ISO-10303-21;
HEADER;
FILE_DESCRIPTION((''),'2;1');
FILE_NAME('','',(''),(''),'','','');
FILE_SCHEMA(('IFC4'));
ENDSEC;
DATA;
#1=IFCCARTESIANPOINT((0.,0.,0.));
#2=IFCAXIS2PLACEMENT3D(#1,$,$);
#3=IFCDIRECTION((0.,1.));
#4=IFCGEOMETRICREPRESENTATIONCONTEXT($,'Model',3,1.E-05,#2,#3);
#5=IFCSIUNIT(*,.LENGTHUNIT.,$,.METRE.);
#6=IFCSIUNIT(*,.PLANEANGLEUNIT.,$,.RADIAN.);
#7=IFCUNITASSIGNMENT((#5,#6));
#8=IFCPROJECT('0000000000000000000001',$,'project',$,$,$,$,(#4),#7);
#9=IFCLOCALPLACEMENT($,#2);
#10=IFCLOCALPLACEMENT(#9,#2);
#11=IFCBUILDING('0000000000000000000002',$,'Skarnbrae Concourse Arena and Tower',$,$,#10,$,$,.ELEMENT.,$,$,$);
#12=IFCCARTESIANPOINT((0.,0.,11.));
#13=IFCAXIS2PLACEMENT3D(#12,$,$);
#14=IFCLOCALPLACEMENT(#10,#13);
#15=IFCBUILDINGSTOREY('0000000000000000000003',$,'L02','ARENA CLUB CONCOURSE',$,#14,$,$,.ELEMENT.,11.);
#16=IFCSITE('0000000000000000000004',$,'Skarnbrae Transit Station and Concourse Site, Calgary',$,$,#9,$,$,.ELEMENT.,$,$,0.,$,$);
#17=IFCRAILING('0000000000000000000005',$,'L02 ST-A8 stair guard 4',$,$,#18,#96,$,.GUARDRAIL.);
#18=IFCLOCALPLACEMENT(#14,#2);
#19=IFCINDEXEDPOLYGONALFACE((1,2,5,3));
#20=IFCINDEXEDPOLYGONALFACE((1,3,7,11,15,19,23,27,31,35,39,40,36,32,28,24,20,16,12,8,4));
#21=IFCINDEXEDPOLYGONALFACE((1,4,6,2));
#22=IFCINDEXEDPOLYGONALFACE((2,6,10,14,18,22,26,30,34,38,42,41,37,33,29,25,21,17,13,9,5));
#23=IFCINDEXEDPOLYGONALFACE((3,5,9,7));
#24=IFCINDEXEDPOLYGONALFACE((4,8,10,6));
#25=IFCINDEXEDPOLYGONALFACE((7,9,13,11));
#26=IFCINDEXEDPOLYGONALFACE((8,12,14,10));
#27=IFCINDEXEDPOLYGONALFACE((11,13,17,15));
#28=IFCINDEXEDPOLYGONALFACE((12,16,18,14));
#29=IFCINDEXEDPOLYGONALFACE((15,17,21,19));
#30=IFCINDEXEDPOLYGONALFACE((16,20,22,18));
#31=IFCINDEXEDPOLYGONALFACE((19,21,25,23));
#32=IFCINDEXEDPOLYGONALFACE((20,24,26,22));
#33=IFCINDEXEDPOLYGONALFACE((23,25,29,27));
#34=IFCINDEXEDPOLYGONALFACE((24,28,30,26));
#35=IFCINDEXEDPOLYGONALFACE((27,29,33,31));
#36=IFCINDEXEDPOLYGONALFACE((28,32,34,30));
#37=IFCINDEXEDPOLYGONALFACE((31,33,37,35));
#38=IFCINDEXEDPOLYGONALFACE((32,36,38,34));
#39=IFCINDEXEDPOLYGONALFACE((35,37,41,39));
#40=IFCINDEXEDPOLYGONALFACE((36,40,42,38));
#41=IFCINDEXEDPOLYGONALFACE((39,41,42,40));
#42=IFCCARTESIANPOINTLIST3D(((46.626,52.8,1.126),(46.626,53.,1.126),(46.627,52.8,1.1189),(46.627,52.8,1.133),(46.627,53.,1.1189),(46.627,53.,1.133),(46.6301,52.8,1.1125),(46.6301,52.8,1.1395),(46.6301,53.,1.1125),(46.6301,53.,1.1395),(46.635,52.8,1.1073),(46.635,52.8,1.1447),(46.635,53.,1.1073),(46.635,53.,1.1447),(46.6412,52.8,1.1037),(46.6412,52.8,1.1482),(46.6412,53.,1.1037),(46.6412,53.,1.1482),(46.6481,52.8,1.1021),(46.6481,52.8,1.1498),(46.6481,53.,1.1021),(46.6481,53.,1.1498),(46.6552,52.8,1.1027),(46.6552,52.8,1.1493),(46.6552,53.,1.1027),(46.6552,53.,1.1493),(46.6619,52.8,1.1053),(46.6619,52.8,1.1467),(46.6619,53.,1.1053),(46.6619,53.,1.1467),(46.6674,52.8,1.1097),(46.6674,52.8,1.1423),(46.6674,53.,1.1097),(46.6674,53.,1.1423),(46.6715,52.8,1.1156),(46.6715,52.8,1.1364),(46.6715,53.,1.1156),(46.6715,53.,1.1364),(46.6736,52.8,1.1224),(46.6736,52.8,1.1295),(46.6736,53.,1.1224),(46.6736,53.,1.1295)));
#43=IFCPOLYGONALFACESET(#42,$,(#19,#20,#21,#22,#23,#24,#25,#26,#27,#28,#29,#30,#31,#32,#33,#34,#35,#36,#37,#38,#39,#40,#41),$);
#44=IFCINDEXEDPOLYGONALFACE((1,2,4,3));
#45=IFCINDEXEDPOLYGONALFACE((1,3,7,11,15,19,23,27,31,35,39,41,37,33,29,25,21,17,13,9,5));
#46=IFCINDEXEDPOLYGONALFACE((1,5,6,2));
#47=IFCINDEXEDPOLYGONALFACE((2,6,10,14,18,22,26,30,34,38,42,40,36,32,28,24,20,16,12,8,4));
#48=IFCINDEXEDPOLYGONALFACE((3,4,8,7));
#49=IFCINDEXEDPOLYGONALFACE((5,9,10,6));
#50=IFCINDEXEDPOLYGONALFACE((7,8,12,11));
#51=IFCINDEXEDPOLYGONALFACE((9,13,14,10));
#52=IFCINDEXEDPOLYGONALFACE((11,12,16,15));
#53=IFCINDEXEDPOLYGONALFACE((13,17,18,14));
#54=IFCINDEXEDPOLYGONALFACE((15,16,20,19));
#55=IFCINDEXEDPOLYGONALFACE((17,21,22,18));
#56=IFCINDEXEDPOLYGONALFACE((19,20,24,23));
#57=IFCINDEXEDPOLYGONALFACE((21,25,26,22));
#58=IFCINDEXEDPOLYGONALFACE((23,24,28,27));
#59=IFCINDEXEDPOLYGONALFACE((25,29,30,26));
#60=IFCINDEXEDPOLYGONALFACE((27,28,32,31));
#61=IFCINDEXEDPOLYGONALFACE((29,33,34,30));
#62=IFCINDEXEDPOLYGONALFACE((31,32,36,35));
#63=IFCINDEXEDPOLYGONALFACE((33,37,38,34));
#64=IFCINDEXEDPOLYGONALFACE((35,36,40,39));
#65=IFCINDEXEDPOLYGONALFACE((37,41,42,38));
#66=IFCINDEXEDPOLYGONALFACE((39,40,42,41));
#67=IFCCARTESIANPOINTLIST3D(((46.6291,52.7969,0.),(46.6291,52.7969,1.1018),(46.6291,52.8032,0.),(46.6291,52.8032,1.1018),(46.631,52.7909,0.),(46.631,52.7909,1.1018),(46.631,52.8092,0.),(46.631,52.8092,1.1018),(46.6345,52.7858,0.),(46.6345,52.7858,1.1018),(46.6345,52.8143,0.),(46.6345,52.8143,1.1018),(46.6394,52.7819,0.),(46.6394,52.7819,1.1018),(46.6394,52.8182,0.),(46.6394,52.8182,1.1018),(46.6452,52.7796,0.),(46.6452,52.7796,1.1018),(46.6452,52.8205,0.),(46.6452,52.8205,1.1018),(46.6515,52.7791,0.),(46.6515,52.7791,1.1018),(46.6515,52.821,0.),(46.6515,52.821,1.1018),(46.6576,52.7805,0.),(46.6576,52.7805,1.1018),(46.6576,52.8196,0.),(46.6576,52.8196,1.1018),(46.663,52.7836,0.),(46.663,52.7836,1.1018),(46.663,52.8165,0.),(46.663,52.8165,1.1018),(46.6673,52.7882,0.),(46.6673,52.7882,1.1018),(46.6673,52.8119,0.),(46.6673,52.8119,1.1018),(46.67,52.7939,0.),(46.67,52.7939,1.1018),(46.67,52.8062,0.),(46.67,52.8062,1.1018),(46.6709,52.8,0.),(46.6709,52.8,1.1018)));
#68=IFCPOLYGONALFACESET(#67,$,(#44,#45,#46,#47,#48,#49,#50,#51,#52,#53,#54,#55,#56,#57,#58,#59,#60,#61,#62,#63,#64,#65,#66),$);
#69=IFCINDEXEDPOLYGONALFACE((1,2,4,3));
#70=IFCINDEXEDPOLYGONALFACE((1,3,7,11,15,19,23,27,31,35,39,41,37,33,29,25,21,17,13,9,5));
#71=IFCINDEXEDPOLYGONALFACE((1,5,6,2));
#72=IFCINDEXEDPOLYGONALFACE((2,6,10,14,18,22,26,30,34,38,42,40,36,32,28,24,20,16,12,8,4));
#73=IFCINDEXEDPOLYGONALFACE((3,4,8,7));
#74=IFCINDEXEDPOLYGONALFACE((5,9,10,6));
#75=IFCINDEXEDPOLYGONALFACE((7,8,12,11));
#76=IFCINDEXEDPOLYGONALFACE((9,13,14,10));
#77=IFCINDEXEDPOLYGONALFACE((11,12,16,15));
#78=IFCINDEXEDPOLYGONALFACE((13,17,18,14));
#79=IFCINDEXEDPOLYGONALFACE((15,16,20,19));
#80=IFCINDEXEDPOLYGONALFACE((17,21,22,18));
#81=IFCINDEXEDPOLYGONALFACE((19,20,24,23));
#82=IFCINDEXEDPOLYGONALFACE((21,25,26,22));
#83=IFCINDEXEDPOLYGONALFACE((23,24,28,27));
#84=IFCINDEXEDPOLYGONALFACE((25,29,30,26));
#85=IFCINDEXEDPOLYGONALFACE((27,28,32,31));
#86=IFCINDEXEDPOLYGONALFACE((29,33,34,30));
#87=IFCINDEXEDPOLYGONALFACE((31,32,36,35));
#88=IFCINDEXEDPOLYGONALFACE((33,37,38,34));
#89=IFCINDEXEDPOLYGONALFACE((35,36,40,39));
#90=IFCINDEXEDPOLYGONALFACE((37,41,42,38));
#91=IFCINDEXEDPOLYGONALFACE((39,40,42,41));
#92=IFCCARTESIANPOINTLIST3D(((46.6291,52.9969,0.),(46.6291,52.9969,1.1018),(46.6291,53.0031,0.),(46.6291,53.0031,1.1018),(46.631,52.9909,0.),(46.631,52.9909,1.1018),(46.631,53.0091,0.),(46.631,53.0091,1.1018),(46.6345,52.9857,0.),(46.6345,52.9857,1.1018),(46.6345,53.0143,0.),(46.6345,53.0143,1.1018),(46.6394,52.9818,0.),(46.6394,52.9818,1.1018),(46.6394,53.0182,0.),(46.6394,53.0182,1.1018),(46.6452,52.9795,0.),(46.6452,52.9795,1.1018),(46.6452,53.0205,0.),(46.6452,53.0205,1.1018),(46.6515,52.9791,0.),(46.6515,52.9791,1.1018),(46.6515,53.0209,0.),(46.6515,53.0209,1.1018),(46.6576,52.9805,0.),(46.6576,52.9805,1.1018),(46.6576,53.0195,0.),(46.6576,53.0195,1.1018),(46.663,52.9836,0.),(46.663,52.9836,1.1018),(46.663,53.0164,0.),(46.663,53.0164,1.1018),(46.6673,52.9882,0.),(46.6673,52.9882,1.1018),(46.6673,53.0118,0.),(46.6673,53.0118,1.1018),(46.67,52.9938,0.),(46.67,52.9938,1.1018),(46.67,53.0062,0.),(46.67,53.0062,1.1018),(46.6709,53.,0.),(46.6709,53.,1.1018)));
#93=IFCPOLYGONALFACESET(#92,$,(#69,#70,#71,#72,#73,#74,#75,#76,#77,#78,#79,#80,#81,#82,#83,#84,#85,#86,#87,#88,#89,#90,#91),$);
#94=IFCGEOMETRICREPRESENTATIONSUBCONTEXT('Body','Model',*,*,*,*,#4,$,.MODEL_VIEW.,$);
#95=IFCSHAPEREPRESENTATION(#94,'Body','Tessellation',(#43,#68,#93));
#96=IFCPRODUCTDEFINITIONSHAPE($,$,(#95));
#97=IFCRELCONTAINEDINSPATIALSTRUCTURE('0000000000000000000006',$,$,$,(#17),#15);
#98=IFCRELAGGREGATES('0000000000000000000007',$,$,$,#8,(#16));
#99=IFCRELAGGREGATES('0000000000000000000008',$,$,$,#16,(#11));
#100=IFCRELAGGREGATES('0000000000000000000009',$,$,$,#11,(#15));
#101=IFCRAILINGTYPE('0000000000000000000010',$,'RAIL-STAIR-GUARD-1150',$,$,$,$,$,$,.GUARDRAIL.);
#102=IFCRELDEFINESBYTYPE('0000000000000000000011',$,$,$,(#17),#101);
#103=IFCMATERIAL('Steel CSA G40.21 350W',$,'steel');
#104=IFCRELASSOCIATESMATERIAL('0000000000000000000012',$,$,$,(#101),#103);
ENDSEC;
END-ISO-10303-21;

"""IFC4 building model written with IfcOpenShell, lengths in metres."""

from ifc_helpers import new_model, si_unit, direction, frame, origin, origin_2d, place, context, subcontext, project, spatial, circle, extrude, material, type_object, element, save


model = new_model("IFC4")

# Units and contexts
model_context = context("Model", 3, precision=1e-05, world=origin(), true_north=direction((0.0, 1.0)))
body_context = subcontext(model_context, "Body", "Model", "MODEL_VIEW")
ifc_project = project(units=[si_unit("LENGTHUNIT", "METRE"), si_unit("PLANEANGLEUNIT", "RADIAN")], contexts=[model_context])

# Site, building, storey
site_placement = place(None, origin())
site = spatial("IfcSite", under=ifc_project, at=site_placement, Name="Skarnbrae Transit Station and Concourse Site, Calgary", CompositionType="ELEMENT", RefElevation=0.0)
building_placement = place(site_placement, origin())
building = spatial("IfcBuilding", under=site, at=building_placement, Name="Skarnbrae Concourse Arena and Tower", CompositionType="ELEMENT")
storey_placement = place(building_placement, frame((0.0, 0.0, 11.0)))
storey = spatial("IfcBuildingStorey", under=building, at=storey_placement, Name="L02", Description="ARENA CLUB CONCOURSE", CompositionType="ELEMENT", Elevation=11.0)

# Shared definitions
ifc_material_1 = material(Name="Steel CSA G40.21 350W", Category="steel")

# Railing
railing_type_1 = type_object("IfcRailingType", Name="RAIL-STAIR-GUARD-1150", PredefinedType="GUARDRAIL", material=ifc_material_1)
railing_1_placement = place(storey_placement, frame((46.6499, 52.8, 0.0)))
element("IfcRailing", 1, at=railing_1_placement, inside=storey, type_object=railing_type_1, Name="L02 ST-A8 stair guard 4", PredefinedType="GUARDRAIL", context=body_context, shape_type="SweptSolid", body=[
    extrude(circle(Radius=0.0239, at=origin_2d()), frame((0.0, 0.0, 1.126), z_axis=(0.0, 1.0, 0.0), x_axis=(-1.0, 0.0, 0.0)), (0.0, 0.0, 1.0), 0.2),
    extrude(circle(Radius=0.021, at=origin_2d()), origin(), (0.0, 0.0, 1.0), 1.1018),
    extrude(circle(Radius=0.021, at=origin_2d()), frame((0.0, 0.2, 0.0)), (0.0, 0.0, 1.0), 1.1018),
])

save(model, "model.ifc")
